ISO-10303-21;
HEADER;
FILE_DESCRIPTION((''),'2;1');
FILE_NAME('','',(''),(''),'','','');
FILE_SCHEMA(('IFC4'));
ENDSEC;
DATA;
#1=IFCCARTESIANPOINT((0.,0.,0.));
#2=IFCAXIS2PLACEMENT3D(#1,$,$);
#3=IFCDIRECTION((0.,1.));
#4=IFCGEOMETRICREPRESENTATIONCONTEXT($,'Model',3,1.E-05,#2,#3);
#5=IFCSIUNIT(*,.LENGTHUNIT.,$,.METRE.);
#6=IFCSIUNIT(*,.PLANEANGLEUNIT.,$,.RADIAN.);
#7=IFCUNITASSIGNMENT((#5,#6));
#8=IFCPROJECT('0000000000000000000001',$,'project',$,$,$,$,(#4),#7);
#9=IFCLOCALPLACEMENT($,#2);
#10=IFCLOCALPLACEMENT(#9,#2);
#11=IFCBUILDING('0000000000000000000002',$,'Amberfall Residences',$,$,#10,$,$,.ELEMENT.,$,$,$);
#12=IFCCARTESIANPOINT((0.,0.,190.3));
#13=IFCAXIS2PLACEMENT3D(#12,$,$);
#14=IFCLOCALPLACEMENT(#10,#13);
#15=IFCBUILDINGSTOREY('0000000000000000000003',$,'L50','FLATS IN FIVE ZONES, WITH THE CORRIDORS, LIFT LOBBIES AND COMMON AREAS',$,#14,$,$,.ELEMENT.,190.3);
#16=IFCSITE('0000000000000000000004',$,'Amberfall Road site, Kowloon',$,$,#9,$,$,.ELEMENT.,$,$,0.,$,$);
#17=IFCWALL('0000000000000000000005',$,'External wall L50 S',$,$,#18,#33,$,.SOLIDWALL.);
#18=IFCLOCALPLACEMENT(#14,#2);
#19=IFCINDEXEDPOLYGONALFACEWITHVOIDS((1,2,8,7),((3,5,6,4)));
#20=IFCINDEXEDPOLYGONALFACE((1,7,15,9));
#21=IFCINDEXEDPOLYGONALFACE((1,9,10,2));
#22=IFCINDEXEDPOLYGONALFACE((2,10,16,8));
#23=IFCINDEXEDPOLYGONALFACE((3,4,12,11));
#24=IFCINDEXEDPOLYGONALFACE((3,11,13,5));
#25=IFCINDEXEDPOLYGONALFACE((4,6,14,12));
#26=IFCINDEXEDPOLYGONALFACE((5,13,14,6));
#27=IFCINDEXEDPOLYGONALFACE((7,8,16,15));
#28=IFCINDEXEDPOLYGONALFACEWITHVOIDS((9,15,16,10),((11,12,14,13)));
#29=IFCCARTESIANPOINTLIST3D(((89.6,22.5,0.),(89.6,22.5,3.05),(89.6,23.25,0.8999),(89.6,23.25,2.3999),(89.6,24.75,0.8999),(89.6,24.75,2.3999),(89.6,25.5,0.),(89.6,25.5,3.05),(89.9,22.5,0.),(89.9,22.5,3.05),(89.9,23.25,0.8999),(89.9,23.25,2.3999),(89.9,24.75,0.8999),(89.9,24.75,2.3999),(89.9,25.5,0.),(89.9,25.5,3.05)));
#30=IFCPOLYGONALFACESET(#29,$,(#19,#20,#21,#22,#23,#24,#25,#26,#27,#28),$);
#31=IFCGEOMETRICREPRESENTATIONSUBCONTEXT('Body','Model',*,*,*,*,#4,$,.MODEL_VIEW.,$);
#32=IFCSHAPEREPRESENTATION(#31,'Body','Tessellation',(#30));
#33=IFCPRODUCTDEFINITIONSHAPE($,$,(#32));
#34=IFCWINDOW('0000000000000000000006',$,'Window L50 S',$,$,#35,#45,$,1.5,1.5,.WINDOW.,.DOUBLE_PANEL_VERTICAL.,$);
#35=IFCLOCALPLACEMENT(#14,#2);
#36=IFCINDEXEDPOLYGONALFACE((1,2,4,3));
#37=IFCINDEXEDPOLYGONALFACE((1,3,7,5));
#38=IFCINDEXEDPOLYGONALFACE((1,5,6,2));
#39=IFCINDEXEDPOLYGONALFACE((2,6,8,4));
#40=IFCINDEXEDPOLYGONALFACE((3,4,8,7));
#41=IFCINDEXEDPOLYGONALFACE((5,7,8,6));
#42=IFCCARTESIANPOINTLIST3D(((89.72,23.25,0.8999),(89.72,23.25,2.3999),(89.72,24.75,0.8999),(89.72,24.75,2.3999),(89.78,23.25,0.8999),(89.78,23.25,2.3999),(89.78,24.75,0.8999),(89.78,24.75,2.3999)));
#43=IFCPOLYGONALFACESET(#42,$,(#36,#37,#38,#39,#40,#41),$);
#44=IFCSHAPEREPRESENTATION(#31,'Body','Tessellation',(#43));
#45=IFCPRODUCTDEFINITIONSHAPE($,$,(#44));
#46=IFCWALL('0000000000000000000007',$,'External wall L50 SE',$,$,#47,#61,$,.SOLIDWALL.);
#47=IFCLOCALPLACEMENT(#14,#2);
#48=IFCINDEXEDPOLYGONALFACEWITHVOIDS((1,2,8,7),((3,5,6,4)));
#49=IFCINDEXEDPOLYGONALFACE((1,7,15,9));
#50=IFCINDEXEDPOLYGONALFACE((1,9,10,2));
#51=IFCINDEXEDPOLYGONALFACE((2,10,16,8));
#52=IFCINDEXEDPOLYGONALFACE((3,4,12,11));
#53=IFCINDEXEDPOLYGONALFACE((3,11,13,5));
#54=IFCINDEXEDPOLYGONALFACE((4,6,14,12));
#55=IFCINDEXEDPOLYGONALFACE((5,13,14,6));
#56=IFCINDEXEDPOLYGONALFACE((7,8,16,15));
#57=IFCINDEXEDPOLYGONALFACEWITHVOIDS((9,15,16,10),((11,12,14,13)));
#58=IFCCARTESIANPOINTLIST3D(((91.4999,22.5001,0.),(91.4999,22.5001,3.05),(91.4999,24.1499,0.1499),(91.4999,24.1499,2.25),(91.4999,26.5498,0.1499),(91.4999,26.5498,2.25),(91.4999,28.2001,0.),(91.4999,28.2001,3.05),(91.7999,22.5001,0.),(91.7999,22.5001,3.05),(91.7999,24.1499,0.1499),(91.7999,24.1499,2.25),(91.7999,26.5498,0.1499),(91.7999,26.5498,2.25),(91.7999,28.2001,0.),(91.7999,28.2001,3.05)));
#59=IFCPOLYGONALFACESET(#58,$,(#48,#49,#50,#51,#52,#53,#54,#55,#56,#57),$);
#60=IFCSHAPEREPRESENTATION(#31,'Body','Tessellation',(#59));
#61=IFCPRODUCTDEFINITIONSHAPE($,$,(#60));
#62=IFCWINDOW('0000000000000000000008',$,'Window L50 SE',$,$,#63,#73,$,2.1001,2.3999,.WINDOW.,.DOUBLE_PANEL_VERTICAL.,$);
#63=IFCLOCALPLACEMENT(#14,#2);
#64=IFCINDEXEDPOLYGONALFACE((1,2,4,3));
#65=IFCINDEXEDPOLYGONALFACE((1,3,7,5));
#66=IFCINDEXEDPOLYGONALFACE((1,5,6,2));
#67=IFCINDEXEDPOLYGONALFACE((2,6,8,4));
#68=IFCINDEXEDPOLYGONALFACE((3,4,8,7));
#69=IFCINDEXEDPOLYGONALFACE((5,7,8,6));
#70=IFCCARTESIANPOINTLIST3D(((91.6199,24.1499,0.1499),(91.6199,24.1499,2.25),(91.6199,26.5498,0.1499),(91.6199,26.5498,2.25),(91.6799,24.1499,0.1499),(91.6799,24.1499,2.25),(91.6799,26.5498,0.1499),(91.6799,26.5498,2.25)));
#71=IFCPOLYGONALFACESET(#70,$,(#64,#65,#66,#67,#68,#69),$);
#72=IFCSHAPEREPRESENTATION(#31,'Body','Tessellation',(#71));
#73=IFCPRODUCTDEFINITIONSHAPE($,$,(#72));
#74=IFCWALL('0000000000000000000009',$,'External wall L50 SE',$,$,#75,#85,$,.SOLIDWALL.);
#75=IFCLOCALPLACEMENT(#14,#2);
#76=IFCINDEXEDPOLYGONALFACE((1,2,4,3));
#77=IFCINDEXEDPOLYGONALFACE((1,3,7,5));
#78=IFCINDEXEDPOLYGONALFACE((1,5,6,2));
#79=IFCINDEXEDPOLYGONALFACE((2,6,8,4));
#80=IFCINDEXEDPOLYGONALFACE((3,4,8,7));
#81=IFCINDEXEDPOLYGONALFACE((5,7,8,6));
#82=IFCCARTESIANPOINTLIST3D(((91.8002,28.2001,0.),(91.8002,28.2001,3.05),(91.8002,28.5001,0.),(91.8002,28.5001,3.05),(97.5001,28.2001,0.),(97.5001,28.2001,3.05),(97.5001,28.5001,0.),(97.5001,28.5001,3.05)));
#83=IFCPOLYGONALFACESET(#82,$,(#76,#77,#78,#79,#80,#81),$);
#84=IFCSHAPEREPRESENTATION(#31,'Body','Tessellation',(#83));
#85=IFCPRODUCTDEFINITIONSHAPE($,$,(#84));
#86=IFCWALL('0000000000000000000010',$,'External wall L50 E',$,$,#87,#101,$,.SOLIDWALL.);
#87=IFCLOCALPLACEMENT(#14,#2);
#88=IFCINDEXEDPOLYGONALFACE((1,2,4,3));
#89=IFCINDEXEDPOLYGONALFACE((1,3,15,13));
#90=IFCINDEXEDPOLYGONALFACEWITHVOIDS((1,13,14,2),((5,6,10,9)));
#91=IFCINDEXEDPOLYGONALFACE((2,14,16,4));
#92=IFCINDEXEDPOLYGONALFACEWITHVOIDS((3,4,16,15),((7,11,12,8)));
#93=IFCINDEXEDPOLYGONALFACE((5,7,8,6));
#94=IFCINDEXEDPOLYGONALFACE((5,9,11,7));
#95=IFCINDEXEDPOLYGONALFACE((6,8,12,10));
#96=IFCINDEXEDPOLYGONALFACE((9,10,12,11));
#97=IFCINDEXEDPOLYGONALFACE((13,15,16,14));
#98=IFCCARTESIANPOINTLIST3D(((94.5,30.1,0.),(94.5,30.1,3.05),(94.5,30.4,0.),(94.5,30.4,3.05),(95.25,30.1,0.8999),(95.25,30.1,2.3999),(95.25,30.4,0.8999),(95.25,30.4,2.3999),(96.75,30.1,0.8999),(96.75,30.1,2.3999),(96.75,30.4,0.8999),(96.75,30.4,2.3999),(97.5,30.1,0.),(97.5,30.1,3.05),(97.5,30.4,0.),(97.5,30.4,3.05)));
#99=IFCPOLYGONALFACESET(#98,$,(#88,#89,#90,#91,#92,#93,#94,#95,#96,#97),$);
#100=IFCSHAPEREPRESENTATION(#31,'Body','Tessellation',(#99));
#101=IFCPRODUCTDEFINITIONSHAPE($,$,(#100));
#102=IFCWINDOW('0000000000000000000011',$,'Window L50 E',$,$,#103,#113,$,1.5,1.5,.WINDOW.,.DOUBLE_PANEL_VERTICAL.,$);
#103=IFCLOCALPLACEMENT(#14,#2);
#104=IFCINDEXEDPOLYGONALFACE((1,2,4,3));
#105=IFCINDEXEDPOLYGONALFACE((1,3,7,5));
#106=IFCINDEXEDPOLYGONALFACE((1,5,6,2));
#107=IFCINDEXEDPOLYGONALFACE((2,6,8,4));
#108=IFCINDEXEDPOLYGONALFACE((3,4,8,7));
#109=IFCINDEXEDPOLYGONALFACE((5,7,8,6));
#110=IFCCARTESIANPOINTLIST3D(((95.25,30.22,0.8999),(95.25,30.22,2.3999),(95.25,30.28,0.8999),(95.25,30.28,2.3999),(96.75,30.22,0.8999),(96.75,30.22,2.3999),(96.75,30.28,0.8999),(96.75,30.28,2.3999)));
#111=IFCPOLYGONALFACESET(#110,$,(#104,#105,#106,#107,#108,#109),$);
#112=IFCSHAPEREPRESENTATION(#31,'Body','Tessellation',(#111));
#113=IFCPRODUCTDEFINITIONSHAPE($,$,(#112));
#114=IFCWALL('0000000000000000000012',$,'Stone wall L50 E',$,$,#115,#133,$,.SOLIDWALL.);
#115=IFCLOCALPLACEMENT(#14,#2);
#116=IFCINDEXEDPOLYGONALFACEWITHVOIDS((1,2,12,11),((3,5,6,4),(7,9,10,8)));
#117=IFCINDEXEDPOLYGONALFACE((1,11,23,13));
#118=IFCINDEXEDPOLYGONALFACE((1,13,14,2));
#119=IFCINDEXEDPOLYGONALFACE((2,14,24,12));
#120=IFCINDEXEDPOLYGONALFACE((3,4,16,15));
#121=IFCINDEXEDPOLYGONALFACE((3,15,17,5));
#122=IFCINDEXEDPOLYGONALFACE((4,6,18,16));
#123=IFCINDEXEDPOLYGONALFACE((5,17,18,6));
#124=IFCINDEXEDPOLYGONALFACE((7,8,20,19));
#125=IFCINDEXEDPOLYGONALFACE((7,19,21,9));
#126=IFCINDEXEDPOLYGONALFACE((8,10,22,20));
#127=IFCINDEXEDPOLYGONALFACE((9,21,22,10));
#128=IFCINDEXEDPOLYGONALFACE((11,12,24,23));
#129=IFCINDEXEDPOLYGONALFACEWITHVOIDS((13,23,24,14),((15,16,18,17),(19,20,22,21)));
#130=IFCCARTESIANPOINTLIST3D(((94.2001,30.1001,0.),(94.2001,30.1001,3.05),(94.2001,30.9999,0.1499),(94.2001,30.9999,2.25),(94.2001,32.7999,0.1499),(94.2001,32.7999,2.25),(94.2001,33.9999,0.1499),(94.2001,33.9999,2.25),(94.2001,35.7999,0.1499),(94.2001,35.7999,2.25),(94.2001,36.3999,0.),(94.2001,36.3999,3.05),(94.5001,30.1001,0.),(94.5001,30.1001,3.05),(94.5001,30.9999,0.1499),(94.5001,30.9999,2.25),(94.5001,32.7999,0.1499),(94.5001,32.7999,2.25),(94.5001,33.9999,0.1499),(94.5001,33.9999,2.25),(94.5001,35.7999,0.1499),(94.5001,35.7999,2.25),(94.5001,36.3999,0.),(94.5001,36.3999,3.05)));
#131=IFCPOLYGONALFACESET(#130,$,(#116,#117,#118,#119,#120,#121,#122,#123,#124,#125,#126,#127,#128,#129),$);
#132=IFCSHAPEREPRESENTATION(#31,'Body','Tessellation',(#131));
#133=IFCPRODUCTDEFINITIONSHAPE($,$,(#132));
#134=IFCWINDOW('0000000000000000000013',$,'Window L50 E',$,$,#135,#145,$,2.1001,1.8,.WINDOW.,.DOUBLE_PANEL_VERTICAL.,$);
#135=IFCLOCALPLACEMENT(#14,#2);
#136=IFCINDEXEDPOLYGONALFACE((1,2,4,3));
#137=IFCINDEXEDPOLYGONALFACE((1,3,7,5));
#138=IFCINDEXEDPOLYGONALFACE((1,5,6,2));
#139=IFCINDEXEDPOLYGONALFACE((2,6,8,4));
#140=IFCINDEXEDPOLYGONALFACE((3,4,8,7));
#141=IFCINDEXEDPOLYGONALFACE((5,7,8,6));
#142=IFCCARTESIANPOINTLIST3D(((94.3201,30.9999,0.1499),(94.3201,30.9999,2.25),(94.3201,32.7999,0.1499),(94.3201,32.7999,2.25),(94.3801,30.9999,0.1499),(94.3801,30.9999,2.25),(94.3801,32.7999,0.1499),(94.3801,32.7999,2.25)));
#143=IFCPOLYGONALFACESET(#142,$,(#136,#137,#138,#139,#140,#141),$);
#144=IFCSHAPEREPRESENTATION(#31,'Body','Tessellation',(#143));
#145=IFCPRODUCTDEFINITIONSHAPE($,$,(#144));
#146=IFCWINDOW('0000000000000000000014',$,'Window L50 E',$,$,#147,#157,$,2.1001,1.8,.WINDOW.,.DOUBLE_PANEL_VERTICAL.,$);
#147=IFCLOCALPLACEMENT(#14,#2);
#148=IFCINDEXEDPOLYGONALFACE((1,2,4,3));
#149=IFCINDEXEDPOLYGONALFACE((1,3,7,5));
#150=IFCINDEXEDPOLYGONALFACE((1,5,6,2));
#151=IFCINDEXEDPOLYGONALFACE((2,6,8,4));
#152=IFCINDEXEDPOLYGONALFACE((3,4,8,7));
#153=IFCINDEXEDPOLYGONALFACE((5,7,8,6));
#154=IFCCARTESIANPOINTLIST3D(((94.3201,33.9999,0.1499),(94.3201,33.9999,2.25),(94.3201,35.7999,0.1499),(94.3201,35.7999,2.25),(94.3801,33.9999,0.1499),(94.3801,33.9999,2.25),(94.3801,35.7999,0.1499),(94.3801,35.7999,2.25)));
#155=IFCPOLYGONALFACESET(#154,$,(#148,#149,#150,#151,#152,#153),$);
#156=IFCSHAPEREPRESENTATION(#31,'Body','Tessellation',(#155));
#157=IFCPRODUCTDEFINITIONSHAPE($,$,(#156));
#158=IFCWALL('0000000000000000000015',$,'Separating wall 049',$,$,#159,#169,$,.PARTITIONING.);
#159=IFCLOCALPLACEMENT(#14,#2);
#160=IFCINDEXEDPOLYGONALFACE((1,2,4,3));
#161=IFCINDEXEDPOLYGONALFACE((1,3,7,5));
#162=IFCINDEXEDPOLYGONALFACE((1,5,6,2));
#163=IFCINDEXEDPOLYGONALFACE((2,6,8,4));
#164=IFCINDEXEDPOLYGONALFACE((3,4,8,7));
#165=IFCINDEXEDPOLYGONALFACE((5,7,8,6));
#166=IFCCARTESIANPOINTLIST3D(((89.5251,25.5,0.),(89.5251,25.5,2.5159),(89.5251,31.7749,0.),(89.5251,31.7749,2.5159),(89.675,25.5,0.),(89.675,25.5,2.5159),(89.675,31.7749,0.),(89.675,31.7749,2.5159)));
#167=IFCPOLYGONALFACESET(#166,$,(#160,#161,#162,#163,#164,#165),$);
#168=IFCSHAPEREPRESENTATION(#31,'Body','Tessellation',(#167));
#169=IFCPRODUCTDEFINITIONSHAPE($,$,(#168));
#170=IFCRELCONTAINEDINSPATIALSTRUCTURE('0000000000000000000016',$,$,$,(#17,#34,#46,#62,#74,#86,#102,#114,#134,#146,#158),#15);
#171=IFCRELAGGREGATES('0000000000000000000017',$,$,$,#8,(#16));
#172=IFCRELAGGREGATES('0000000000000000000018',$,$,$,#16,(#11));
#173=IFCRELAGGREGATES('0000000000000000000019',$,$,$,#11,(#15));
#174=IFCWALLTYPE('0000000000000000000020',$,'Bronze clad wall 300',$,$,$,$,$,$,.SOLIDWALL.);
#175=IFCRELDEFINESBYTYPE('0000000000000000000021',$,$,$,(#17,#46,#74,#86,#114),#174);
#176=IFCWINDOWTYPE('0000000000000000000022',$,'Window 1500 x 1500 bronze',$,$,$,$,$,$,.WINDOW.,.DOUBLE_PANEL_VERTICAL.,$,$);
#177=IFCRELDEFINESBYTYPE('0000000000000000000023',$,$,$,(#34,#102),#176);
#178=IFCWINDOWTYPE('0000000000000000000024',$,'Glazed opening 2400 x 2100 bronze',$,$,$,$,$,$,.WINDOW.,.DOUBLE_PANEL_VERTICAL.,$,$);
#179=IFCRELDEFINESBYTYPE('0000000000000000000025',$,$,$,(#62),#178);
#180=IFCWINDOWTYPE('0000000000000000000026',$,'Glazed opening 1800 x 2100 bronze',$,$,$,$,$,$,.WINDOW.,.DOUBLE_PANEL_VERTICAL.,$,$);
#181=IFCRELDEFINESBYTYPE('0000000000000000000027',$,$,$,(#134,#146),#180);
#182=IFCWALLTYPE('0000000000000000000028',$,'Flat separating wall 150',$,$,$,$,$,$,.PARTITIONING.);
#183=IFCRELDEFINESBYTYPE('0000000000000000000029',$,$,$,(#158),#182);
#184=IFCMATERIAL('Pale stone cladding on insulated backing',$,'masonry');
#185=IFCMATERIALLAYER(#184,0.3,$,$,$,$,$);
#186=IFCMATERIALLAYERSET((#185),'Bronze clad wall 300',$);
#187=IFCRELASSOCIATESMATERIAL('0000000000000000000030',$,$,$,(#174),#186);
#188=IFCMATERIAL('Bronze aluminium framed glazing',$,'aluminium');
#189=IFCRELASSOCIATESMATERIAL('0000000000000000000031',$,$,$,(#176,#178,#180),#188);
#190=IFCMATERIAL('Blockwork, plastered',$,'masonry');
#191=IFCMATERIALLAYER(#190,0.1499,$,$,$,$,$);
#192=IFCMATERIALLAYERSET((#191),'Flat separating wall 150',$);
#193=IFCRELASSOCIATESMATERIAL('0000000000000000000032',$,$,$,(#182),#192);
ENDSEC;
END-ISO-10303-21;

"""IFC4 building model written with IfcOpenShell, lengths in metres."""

from ifc_helpers import new_model, si_unit, direction, frame, frame_2d, origin, place, context, subcontext, project, spatial, rectangle, extrude, material, layer, layer_set, type_object, element, fill, save


model = new_model("IFC4")

# Units and contexts
model_context = context("Model", 3, precision=1e-05, world=origin(), true_north=direction((0.0, 1.0)))
body_context = subcontext(model_context, "Body", "Model", "MODEL_VIEW")
ifc_project = project(units=[si_unit("LENGTHUNIT", "METRE"), si_unit("PLANEANGLEUNIT", "RADIAN")], contexts=[model_context])

# Site, building, storey
site_placement = place(None, origin())
site = spatial("IfcSite", under=ifc_project, at=site_placement, Name="Amberfall Road site, Kowloon", CompositionType="ELEMENT", RefElevation=0.0)
building_placement = place(site_placement, origin())
building = spatial("IfcBuilding", under=site, at=building_placement, Name="Amberfall Residences", CompositionType="ELEMENT")
storey_placement = place(building_placement, frame((0.0, 0.0, 190.3)))
storey = spatial("IfcBuildingStorey", under=building, at=storey_placement, Name="L50", Description="FLATS IN FIVE ZONES, WITH THE CORRIDORS, LIFT LOBBIES AND COMMON AREAS", CompositionType="ELEMENT", Elevation=190.3)

# Walls, openings, windows
ifc_material_1 = material(Name="Pale stone cladding on insulated backing", Category="masonry")
ifc_layer_1 = layer(ifc_material_1, 0.3)
ifc_layer_set_1 = layer_set([ifc_layer_1], Name="Bronze clad wall 300")
wall_type_1 = type_object("IfcWallType", Name="Bronze clad wall 300", PredefinedType="SOLIDWALL", material=ifc_layer_set_1)
wall_1_placement = place(storey_placement, frame((89.75, 25.5, 0.0), z_axis=(0.0, 0.0, 1.0), x_axis=(0.0, -1.0, 0.0)))
wall_1 = element("IfcWall", 1, at=wall_1_placement, inside=storey, type_object=wall_type_1, Name="External wall L50 S", PredefinedType="SOLIDWALL", context=body_context, shape_type="SweptSolid", body=[
    extrude(rectangle(XDim=3.0, YDim=0.3, at=frame_2d((1.5, 0.0))), origin(), (0.0, 0.0, 1.0), 3.05),
])
opening_1_placement = place(wall_1_placement, frame((0.75, 0.0, 0.8999)))
opening_1 = element("IfcOpeningElement", 2, at=opening_1_placement, cuts=wall_1, PredefinedType="OPENING", context=body_context, shape_type="SweptSolid", body=[
    extrude(rectangle(XDim=1.5, YDim=1.5, at=frame_2d((0.75, 0.75))), frame((0.0, 0.1599, 0.0), z_axis=(0.0, -1.0, 0.0), x_axis=(1.0, 0.0, 0.0)), (0.0, 0.0, 1.0), 0.3201),
])
ifc_material_2 = material(Name="Bronze aluminium framed glazing", Category="aluminium")
window_type_1 = type_object("IfcWindowType", Name="Window 1500 x 1500 bronze", PartitioningType="DOUBLE_PANEL_VERTICAL", PredefinedType="WINDOW", material=ifc_material_2)
window_1_placement = place(opening_1_placement, origin())
window_1 = element("IfcWindow", 3, at=window_1_placement, inside=storey, type_object=window_type_1, Name="Window L50 S", OverallHeight=1.5, OverallWidth=1.5, PartitioningType="DOUBLE_PANEL_VERTICAL", PredefinedType="WINDOW", context=body_context, shape_type="SweptSolid", body=[
    extrude(rectangle(XDim=1.5, YDim=1.5, at=frame_2d((0.75, 0.75))), frame((0.0, 0.03, 0.0), z_axis=(0.0, -1.0, 0.0), x_axis=(1.0, 0.0, 0.0)), (0.0, 0.0, 1.0), 0.0601),
])
fill(opening_1, window_1)
wall_2_placement = place(storey_placement, frame((91.6499, 22.5, 0.0), z_axis=(0.0, 0.0, 1.0), x_axis=(0.0, 1.0, 0.0)))
wall_2 = element("IfcWall", 4, at=wall_2_placement, inside=storey, type_object=wall_type_1, Name="External wall L50 SE", PredefinedType="SOLIDWALL", context=body_context, shape_type="SweptSolid", body=[
    extrude(rectangle(XDim=5.7, YDim=0.3, at=frame_2d((2.8501, 0.0))), origin(), (0.0, 0.0, 1.0), 3.05),
])
opening_2_placement = place(wall_2_placement, frame((1.6499, 0.0, 0.1499)))
opening_2 = element("IfcOpeningElement", 5, at=opening_2_placement, cuts=wall_2, PredefinedType="OPENING", context=body_context, shape_type="SweptSolid", body=[
    extrude(rectangle(XDim=2.3999, YDim=2.1001, at=frame_2d((1.2, 1.05))), frame((0.0, 0.1599, 0.0), z_axis=(0.0, -1.0, 0.0), x_axis=(1.0, 0.0, 0.0)), (0.0, 0.0, 1.0), 0.3201),
])
window_type_2 = type_object("IfcWindowType", Name="Glazed opening 2400 x 2100 bronze", PartitioningType="DOUBLE_PANEL_VERTICAL", PredefinedType="WINDOW", material=ifc_material_2)
window_2_placement = place(opening_2_placement, origin())
window_2 = element("IfcWindow", 6, at=window_2_placement, inside=storey, type_object=window_type_2, Name="Window L50 SE", OverallHeight=2.1001, OverallWidth=2.3999, PartitioningType="DOUBLE_PANEL_VERTICAL", PredefinedType="WINDOW", context=body_context, shape_type="SweptSolid", body=[
    extrude(rectangle(XDim=2.3999, YDim=2.1001, at=frame_2d((1.2, 1.05))), frame((0.0, 0.03, 0.0), z_axis=(0.0, -1.0, 0.0), x_axis=(1.0, 0.0, 0.0)), (0.0, 0.0, 1.0), 0.0601),
])
fill(opening_2, window_2)

# Wall
wall_3_placement = place(storey_placement, frame((91.8, 28.3501, 0.0), z_axis=(0.0, 0.0, 1.0), x_axis=(1.0, 0.0, 0.0)))
element("IfcWall", 7, at=wall_3_placement, inside=storey, type_object=wall_type_1, Name="External wall L50 SE", PredefinedType="SOLIDWALL", context=body_context, shape_type="SweptSolid", body=[
    extrude(rectangle(XDim=5.7, YDim=0.3, at=frame_2d((2.8501, 0.0))), origin(), (0.0, 0.0, 1.0), 3.05),
])

# Wall, opening, window
wall_4_placement = place(storey_placement, frame((97.5, 30.25, 0.0), z_axis=(0.0, 0.0, 1.0), x_axis=(-1.0, 0.0, 0.0)))
wall_4 = element("IfcWall", 8, at=wall_4_placement, inside=storey, type_object=wall_type_1, Name="External wall L50 E", PredefinedType="SOLIDWALL", context=body_context, shape_type="SweptSolid", body=[
    extrude(rectangle(XDim=3.0, YDim=0.3, at=frame_2d((1.5, 0.0))), origin(), (0.0, 0.0, 1.0), 3.05),
])
opening_3_placement = place(wall_4_placement, frame((0.75, 0.0, 0.8999)))
opening_3 = element("IfcOpeningElement", 9, at=opening_3_placement, cuts=wall_4, PredefinedType="OPENING", context=body_context, shape_type="SweptSolid", body=[
    extrude(rectangle(XDim=1.5, YDim=1.5, at=frame_2d((0.75, 0.75))), frame((0.0, 0.1599, 0.0), z_axis=(0.0, -1.0, 0.0), x_axis=(1.0, 0.0, 0.0)), (0.0, 0.0, 1.0), 0.3201),
])
window_3_placement = place(opening_3_placement, origin())
window_3 = element("IfcWindow", 10, at=window_3_placement, inside=storey, type_object=window_type_1, Name="Window L50 E", OverallHeight=1.5, OverallWidth=1.5, PartitioningType="DOUBLE_PANEL_VERTICAL", PredefinedType="WINDOW", context=body_context, shape_type="SweptSolid", body=[
    extrude(rectangle(XDim=1.5, YDim=1.5, at=frame_2d((0.75, 0.75))), frame((0.0, 0.03, 0.0), z_axis=(0.0, -1.0, 0.0), x_axis=(1.0, 0.0, 0.0)), (0.0, 0.0, 1.0), 0.0601),
])
fill(opening_3, window_3)

# Wall, openings, windows
wall_5_placement = place(storey_placement, frame((94.3501, 30.1001, 0.0), z_axis=(0.0, 0.0, 1.0), x_axis=(0.0, 1.0, 0.0)))
wall_5 = element("IfcWall", 11, at=wall_5_placement, inside=storey, type_object=wall_type_1, Name="Stone wall L50 E", PredefinedType="SOLIDWALL", context=body_context, shape_type="SweptSolid", body=[
    extrude(rectangle(XDim=6.2998, YDim=0.3, at=frame_2d((3.1499, 0.0))), origin(), (0.0, 0.0, 1.0), 3.05),
])
opening_4_placement = place(wall_5_placement, frame((0.8999, 0.0, 0.1499)))
opening_4 = element("IfcOpeningElement", 12, at=opening_4_placement, cuts=wall_5, PredefinedType="OPENING", context=body_context, shape_type="SweptSolid", body=[
    extrude(rectangle(XDim=1.8, YDim=2.1001, at=frame_2d((0.8999, 1.05))), frame((0.0, 0.1599, 0.0), z_axis=(0.0, -1.0, 0.0), x_axis=(1.0, 0.0, 0.0)), (0.0, 0.0, 1.0), 0.3201),
])
opening_5_placement = place(wall_5_placement, frame((3.8999, 0.0, 0.1499)))
opening_5 = element("IfcOpeningElement", 13, at=opening_5_placement, cuts=wall_5, PredefinedType="OPENING", context=body_context, shape_type="SweptSolid", body=[
    extrude(rectangle(XDim=1.8, YDim=2.1001, at=frame_2d((0.8999, 1.05))), frame((0.0, 0.1599, 0.0), z_axis=(0.0, -1.0, 0.0), x_axis=(1.0, 0.0, 0.0)), (0.0, 0.0, 1.0), 0.3201),
])
window_type_3 = type_object("IfcWindowType", Name="Glazed opening 1800 x 2100 bronze", PartitioningType="DOUBLE_PANEL_VERTICAL", PredefinedType="WINDOW", material=ifc_material_2)
window_4_placement = place(opening_4_placement, origin())
window_4 = element("IfcWindow", 14, at=window_4_placement, inside=storey, type_object=window_type_3, Name="Window L50 E", OverallHeight=2.1001, OverallWidth=1.8, PartitioningType="DOUBLE_PANEL_VERTICAL", PredefinedType="WINDOW", context=body_context, shape_type="SweptSolid", body=[
    extrude(rectangle(XDim=1.8, YDim=2.1001, at=frame_2d((0.8999, 1.05))), frame((0.0, 0.03, 0.0), z_axis=(0.0, -1.0, 0.0), x_axis=(1.0, 0.0, 0.0)), (0.0, 0.0, 1.0), 0.0601),
])
fill(opening_4, window_4)
window_5_placement = place(opening_5_placement, origin())
window_5 = element("IfcWindow", 15, at=window_5_placement, inside=storey, type_object=window_type_3, Name="Window L50 E", OverallHeight=2.1001, OverallWidth=1.8, PartitioningType="DOUBLE_PANEL_VERTICAL", PredefinedType="WINDOW", context=body_context, shape_type="SweptSolid", body=[
    extrude(rectangle(XDim=1.8, YDim=2.1001, at=frame_2d((0.8999, 1.05))), frame((0.0, 0.03, 0.0), z_axis=(0.0, -1.0, 0.0), x_axis=(1.0, 0.0, 0.0)), (0.0, 0.0, 1.0), 0.0601),
])
fill(opening_5, window_5)

# Wall
ifc_material_3 = material(Name="Blockwork, plastered", Category="masonry")
ifc_layer_2 = layer(ifc_material_3, 0.1499)
ifc_layer_set_2 = layer_set([ifc_layer_2], Name="Flat separating wall 150")
wall_type_2 = type_object("IfcWallType", Name="Flat separating wall 150", PredefinedType="PARTITIONING", material=ifc_layer_set_2)
wall_6_placement = place(storey_placement, frame((89.6001, 25.5, 0.0), z_axis=(0.0, 0.0, 1.0), x_axis=(0.0, 1.0, 0.0)))
element("IfcWall", 16, at=wall_6_placement, inside=storey, type_object=wall_type_2, Name="Separating wall 049", PredefinedType="PARTITIONING", context=body_context, shape_type="SweptSolid", body=[
    extrude(rectangle(XDim=6.2749, YDim=0.1499, at=frame_2d((3.1375, 0.0))), origin(), (0.0, 0.0, 1.0), 2.5159),
])

save(model, "model.ifc")
